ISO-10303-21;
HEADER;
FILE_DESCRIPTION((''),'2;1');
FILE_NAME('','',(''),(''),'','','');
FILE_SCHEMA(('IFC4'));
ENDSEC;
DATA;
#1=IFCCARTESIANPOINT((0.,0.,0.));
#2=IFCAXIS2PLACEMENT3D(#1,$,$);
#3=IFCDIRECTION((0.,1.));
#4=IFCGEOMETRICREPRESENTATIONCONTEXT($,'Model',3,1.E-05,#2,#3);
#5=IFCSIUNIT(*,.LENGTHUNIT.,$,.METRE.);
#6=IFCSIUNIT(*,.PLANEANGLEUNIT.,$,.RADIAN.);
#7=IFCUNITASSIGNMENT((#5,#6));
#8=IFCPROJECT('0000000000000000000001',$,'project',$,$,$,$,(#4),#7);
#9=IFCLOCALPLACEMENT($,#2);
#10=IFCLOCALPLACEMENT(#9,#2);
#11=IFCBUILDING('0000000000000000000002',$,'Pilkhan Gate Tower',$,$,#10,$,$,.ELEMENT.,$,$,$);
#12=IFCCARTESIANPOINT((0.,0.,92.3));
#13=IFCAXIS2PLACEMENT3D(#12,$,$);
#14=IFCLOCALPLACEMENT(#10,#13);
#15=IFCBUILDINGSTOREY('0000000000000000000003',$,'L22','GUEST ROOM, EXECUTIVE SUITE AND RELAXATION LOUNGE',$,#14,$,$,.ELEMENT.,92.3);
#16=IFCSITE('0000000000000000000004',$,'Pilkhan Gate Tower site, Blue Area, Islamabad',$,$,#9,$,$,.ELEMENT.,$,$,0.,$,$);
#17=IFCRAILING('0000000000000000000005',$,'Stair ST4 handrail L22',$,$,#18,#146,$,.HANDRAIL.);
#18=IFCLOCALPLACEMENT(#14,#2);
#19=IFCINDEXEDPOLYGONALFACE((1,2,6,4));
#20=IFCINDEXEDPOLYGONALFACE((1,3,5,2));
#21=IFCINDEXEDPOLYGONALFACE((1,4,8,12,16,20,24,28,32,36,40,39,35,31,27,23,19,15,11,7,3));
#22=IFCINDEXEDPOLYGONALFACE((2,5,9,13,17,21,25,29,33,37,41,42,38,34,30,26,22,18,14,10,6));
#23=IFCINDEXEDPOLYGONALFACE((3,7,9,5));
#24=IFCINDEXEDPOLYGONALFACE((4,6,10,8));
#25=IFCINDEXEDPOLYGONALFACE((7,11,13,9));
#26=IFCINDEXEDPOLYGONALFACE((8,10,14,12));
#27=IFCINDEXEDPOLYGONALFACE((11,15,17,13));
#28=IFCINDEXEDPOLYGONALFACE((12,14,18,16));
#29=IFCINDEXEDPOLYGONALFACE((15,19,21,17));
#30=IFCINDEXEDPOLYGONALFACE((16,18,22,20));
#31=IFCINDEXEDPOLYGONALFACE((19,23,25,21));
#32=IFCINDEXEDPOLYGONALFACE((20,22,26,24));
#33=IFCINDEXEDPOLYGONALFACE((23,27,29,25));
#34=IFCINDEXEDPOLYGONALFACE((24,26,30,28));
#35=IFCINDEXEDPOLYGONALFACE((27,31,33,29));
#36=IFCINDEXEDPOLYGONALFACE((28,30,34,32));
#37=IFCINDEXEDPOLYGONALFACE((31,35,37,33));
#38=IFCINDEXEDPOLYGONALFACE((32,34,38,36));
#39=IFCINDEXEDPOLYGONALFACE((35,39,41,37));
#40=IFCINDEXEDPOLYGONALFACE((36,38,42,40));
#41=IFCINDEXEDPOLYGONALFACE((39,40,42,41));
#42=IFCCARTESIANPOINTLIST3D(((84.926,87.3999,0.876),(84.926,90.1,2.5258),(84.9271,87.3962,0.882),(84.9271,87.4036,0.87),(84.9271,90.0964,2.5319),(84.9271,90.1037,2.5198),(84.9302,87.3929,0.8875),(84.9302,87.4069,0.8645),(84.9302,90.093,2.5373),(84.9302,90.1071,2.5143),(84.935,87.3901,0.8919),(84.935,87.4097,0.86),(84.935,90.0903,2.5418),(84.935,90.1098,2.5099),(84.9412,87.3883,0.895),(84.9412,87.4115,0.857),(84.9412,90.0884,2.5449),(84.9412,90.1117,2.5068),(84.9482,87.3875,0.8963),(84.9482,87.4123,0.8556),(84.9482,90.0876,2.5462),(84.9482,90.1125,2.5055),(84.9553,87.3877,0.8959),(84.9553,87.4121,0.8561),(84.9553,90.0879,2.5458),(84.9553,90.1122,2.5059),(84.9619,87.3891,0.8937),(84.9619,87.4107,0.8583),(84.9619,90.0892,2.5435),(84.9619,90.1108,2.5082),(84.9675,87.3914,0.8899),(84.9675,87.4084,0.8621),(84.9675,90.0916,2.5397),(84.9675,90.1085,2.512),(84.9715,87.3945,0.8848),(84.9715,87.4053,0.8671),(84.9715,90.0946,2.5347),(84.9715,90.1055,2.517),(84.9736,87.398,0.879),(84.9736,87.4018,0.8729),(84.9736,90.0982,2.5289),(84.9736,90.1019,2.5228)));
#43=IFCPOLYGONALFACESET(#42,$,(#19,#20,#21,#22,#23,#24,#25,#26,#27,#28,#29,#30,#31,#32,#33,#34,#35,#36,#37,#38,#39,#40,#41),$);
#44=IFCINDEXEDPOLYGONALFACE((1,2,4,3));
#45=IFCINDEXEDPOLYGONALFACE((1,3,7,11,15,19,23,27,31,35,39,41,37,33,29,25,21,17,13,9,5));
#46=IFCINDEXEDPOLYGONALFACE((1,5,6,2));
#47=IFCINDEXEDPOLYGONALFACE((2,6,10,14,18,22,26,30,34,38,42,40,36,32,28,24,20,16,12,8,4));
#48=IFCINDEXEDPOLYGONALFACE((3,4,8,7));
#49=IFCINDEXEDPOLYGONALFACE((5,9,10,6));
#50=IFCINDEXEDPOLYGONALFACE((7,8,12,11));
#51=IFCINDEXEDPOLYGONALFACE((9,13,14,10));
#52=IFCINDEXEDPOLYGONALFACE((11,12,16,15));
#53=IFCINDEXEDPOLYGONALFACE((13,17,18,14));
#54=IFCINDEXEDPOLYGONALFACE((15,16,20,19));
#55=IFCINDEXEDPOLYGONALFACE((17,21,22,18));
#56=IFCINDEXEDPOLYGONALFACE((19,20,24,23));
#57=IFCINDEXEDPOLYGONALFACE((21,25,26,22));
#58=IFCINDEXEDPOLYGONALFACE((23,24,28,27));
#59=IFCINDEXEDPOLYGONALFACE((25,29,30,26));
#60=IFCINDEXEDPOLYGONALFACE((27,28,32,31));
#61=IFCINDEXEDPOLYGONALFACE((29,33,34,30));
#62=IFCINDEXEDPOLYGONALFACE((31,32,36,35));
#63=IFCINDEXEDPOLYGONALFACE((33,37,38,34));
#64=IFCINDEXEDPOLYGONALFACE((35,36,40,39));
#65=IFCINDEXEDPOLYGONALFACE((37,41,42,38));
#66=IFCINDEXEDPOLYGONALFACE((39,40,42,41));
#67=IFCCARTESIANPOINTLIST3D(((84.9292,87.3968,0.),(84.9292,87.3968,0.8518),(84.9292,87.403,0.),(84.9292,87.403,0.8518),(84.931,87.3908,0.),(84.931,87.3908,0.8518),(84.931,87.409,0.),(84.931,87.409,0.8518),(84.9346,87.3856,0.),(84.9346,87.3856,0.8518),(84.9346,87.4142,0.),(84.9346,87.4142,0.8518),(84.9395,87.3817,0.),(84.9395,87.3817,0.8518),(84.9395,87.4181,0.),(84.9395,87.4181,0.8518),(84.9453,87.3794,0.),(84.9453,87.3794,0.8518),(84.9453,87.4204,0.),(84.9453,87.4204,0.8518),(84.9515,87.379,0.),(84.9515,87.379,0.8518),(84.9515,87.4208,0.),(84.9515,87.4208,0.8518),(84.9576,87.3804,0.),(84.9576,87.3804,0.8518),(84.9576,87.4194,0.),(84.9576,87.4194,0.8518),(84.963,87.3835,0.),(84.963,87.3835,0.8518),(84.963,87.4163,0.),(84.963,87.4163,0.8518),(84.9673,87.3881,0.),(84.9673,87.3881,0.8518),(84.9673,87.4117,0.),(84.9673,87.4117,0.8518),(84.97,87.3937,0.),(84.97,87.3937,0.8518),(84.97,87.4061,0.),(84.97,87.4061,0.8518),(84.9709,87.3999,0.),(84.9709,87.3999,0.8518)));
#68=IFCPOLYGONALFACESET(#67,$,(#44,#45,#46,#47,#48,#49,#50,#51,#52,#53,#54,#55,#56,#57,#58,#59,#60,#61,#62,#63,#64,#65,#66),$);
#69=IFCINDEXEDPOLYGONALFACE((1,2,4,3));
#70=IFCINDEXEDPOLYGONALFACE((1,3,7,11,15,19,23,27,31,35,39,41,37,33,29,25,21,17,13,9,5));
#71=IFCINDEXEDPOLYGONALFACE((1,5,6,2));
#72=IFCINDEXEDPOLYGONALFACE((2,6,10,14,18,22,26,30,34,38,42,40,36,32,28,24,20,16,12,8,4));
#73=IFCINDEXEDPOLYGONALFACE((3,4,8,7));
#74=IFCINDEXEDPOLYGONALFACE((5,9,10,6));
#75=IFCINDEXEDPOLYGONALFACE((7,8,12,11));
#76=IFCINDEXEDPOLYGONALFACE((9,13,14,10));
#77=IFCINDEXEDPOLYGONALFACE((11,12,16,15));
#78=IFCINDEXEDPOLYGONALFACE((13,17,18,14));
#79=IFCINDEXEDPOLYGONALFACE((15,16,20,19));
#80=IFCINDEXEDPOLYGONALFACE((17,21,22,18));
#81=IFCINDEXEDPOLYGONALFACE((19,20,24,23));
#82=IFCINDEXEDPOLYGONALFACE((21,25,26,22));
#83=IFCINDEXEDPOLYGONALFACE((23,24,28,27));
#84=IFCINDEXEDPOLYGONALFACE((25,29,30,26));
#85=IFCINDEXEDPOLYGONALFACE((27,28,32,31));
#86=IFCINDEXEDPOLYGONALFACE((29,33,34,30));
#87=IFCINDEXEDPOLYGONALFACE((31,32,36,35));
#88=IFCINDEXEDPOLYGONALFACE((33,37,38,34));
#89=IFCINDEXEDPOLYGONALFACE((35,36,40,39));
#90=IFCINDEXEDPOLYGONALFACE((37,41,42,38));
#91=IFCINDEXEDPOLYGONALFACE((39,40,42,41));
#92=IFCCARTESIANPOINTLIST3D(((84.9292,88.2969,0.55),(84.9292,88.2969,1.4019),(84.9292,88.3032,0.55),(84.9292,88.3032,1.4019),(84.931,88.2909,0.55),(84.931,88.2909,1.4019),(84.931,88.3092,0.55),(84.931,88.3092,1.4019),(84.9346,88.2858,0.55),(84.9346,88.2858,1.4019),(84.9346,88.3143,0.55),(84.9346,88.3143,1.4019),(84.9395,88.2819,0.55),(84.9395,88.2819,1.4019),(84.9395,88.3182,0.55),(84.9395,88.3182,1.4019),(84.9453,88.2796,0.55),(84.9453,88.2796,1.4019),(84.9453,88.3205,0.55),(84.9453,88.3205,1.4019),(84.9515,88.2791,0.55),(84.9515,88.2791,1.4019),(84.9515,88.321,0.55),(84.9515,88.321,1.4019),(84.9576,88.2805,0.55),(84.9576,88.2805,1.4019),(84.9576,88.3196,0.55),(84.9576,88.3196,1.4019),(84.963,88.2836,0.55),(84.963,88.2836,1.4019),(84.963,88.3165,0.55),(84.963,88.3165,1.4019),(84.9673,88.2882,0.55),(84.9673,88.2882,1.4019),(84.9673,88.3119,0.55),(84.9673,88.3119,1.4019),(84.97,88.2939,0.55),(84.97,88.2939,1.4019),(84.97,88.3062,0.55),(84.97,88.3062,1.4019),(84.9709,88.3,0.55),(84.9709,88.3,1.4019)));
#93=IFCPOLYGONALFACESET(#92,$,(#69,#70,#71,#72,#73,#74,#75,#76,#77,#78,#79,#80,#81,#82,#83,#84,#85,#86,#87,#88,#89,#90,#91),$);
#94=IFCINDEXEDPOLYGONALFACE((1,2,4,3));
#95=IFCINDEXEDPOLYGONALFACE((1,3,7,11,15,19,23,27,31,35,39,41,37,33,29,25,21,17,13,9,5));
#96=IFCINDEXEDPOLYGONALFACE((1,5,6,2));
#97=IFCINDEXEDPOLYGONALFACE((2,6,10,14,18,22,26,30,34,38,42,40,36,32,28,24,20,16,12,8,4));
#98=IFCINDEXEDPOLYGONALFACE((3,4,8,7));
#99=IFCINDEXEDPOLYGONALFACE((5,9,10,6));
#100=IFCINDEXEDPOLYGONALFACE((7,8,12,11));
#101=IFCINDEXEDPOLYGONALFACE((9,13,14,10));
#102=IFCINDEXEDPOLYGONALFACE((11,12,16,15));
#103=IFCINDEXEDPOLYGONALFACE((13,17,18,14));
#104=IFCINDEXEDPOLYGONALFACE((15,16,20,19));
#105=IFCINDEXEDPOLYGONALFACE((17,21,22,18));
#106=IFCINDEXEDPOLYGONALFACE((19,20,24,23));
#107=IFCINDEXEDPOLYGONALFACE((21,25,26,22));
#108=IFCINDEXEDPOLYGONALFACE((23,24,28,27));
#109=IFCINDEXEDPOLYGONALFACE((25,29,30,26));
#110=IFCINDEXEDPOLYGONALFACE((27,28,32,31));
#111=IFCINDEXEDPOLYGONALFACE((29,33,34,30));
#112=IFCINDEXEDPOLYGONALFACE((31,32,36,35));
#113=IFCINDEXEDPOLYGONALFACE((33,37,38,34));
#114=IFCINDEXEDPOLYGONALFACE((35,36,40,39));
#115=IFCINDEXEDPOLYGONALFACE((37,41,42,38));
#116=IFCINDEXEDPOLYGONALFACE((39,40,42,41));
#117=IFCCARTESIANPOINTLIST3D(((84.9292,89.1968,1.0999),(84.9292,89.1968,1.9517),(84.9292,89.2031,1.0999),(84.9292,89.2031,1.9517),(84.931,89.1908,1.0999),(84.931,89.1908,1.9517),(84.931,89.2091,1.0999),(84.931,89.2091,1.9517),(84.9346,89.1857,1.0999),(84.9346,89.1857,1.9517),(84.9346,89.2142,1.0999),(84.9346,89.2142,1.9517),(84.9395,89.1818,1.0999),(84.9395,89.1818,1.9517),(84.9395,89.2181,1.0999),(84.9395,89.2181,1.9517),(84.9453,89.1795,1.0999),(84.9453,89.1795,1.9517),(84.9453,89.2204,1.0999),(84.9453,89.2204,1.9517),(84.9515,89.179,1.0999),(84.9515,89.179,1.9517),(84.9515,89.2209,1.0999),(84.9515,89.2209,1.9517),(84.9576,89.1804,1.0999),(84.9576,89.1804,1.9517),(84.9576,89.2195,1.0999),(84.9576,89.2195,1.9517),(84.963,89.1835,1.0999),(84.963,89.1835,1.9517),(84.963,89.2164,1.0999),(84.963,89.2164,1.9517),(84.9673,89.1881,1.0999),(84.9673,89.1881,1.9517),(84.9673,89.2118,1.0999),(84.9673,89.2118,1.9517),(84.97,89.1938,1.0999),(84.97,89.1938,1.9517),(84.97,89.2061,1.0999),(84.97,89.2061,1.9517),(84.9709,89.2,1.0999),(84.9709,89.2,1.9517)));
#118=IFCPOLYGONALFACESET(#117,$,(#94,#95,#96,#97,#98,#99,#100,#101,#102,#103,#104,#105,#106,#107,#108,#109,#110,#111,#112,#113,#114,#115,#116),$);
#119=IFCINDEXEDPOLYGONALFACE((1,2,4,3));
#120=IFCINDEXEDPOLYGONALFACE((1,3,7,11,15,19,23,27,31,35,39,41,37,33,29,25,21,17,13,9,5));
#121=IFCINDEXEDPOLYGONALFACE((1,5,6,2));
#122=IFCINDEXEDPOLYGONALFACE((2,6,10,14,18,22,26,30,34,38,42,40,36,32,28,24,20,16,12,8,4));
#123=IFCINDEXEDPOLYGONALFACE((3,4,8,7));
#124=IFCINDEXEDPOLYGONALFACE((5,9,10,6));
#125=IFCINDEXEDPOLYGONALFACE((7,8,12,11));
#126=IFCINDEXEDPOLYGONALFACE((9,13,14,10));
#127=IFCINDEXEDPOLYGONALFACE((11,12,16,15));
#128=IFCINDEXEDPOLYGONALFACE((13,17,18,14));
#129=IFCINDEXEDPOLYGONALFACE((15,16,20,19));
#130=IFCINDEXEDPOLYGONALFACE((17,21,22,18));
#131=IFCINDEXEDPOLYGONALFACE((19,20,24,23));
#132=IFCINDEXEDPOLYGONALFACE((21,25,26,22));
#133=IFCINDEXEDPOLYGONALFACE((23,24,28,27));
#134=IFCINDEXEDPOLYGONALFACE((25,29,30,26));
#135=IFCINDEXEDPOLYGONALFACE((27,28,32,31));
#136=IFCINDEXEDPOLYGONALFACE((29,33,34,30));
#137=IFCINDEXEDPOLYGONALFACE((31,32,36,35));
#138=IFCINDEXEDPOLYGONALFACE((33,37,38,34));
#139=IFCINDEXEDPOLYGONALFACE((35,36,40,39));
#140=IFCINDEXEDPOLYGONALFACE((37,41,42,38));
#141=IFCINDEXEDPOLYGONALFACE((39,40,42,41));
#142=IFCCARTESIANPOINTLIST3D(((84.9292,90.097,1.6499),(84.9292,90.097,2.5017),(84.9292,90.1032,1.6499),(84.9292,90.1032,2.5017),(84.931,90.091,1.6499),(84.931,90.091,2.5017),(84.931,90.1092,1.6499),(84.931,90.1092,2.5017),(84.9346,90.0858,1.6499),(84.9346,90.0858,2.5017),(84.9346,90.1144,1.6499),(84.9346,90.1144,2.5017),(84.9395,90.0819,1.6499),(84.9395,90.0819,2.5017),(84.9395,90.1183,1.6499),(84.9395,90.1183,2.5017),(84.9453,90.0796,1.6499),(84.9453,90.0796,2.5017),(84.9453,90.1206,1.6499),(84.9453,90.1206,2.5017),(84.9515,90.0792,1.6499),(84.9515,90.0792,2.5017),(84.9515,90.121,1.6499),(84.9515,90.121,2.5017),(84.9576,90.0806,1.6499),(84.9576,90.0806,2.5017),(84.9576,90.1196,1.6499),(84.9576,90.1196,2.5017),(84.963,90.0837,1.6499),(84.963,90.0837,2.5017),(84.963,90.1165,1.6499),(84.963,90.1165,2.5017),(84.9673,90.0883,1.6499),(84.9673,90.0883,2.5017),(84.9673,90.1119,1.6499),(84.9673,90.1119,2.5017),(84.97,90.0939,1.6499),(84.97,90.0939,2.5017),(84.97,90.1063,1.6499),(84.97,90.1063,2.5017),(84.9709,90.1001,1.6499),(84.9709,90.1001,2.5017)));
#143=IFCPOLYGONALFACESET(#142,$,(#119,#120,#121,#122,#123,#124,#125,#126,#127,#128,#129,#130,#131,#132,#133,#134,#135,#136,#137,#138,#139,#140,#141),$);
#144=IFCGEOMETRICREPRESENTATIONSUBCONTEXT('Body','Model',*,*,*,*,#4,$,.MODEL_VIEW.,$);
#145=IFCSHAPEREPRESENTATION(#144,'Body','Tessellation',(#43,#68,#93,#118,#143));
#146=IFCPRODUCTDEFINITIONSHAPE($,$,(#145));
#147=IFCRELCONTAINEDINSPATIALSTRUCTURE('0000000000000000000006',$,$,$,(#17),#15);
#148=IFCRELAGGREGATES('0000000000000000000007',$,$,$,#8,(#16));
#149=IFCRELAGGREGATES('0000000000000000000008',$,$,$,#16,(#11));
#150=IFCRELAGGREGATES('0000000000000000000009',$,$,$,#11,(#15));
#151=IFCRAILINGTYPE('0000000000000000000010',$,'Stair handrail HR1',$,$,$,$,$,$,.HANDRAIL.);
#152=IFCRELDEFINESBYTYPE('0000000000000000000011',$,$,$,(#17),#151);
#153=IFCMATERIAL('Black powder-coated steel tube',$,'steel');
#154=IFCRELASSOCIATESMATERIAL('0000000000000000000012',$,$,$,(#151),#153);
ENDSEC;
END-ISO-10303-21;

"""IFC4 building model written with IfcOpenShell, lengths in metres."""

from ifc_helpers import new_model, si_unit, direction, frame, origin, origin_2d, place, context, subcontext, project, spatial, circle, extrude, material, type_object, element, save


model = new_model("IFC4")

# Units and contexts
model_context = context("Model", 3, precision=1e-05, world=origin(), true_north=direction((0.0, 1.0)))
body_context = subcontext(model_context, "Body", "Model", "MODEL_VIEW")
ifc_project = project(units=[si_unit("LENGTHUNIT", "METRE"), si_unit("PLANEANGLEUNIT", "RADIAN")], contexts=[model_context])

# Site, building, storey
site_placement = place(None, origin())
site = spatial("IfcSite", under=ifc_project, at=site_placement, Name="Pilkhan Gate Tower site, Blue Area, Islamabad", CompositionType="ELEMENT", RefElevation=0.0)
building_placement = place(site_placement, origin())
building = spatial("IfcBuilding", under=site, at=building_placement, Name="Pilkhan Gate Tower", CompositionType="ELEMENT")
storey_placement = place(building_placement, frame((0.0, 0.0, 92.3)))
storey = spatial("IfcBuildingStorey", under=building, at=storey_placement, Name="L22", Description="GUEST ROOM, EXECUTIVE SUITE AND RELAXATION LOUNGE", CompositionType="ELEMENT", Elevation=92.3)

# Railing
ifc_material_1 = material(Name="Black powder-coated steel tube", Category="steel")
railing_type_1 = type_object("IfcRailingType", Name="Stair handrail HR1", PredefinedType="HANDRAIL", material=ifc_material_1)
railing_1_placement = place(storey_placement, frame((84.95, 87.3999, 0.0)))
element("IfcRailing", 1, at=railing_1_placement, inside=storey, type_object=railing_type_1, Name="Stair ST4 handrail L22", PredefinedType="HANDRAIL", context=body_context, shape_type="SweptSolid", body=[
    extrude(circle(Radius=0.0239, at=origin_2d()), frame((0.0, 0.0, 0.876), z_axis=(0.0, 0.853312, 0.5214), x_axis=(-1.0, 0.0, 0.0)), (0.0, 0.0, 1.0), 3.1643),
    extrude(circle(Radius=0.021, at=origin_2d()), origin(), (0.0, 0.0, 1.0), 0.8518),
    extrude(circle(Radius=0.021, at=origin_2d()), frame((0.0, 0.9001, 0.55)), (0.0, 0.0, 1.0), 0.8518),
    extrude(circle(Radius=0.021, at=origin_2d()), frame((0.0, 1.8, 1.0999)), (0.0, 0.0, 1.0), 0.8518),
    extrude(circle(Radius=0.021, at=origin_2d()), frame((0.0, 2.7002, 1.6499)), (0.0, 0.0, 1.0), 0.8518),
])

save(model, "model.ifc")
